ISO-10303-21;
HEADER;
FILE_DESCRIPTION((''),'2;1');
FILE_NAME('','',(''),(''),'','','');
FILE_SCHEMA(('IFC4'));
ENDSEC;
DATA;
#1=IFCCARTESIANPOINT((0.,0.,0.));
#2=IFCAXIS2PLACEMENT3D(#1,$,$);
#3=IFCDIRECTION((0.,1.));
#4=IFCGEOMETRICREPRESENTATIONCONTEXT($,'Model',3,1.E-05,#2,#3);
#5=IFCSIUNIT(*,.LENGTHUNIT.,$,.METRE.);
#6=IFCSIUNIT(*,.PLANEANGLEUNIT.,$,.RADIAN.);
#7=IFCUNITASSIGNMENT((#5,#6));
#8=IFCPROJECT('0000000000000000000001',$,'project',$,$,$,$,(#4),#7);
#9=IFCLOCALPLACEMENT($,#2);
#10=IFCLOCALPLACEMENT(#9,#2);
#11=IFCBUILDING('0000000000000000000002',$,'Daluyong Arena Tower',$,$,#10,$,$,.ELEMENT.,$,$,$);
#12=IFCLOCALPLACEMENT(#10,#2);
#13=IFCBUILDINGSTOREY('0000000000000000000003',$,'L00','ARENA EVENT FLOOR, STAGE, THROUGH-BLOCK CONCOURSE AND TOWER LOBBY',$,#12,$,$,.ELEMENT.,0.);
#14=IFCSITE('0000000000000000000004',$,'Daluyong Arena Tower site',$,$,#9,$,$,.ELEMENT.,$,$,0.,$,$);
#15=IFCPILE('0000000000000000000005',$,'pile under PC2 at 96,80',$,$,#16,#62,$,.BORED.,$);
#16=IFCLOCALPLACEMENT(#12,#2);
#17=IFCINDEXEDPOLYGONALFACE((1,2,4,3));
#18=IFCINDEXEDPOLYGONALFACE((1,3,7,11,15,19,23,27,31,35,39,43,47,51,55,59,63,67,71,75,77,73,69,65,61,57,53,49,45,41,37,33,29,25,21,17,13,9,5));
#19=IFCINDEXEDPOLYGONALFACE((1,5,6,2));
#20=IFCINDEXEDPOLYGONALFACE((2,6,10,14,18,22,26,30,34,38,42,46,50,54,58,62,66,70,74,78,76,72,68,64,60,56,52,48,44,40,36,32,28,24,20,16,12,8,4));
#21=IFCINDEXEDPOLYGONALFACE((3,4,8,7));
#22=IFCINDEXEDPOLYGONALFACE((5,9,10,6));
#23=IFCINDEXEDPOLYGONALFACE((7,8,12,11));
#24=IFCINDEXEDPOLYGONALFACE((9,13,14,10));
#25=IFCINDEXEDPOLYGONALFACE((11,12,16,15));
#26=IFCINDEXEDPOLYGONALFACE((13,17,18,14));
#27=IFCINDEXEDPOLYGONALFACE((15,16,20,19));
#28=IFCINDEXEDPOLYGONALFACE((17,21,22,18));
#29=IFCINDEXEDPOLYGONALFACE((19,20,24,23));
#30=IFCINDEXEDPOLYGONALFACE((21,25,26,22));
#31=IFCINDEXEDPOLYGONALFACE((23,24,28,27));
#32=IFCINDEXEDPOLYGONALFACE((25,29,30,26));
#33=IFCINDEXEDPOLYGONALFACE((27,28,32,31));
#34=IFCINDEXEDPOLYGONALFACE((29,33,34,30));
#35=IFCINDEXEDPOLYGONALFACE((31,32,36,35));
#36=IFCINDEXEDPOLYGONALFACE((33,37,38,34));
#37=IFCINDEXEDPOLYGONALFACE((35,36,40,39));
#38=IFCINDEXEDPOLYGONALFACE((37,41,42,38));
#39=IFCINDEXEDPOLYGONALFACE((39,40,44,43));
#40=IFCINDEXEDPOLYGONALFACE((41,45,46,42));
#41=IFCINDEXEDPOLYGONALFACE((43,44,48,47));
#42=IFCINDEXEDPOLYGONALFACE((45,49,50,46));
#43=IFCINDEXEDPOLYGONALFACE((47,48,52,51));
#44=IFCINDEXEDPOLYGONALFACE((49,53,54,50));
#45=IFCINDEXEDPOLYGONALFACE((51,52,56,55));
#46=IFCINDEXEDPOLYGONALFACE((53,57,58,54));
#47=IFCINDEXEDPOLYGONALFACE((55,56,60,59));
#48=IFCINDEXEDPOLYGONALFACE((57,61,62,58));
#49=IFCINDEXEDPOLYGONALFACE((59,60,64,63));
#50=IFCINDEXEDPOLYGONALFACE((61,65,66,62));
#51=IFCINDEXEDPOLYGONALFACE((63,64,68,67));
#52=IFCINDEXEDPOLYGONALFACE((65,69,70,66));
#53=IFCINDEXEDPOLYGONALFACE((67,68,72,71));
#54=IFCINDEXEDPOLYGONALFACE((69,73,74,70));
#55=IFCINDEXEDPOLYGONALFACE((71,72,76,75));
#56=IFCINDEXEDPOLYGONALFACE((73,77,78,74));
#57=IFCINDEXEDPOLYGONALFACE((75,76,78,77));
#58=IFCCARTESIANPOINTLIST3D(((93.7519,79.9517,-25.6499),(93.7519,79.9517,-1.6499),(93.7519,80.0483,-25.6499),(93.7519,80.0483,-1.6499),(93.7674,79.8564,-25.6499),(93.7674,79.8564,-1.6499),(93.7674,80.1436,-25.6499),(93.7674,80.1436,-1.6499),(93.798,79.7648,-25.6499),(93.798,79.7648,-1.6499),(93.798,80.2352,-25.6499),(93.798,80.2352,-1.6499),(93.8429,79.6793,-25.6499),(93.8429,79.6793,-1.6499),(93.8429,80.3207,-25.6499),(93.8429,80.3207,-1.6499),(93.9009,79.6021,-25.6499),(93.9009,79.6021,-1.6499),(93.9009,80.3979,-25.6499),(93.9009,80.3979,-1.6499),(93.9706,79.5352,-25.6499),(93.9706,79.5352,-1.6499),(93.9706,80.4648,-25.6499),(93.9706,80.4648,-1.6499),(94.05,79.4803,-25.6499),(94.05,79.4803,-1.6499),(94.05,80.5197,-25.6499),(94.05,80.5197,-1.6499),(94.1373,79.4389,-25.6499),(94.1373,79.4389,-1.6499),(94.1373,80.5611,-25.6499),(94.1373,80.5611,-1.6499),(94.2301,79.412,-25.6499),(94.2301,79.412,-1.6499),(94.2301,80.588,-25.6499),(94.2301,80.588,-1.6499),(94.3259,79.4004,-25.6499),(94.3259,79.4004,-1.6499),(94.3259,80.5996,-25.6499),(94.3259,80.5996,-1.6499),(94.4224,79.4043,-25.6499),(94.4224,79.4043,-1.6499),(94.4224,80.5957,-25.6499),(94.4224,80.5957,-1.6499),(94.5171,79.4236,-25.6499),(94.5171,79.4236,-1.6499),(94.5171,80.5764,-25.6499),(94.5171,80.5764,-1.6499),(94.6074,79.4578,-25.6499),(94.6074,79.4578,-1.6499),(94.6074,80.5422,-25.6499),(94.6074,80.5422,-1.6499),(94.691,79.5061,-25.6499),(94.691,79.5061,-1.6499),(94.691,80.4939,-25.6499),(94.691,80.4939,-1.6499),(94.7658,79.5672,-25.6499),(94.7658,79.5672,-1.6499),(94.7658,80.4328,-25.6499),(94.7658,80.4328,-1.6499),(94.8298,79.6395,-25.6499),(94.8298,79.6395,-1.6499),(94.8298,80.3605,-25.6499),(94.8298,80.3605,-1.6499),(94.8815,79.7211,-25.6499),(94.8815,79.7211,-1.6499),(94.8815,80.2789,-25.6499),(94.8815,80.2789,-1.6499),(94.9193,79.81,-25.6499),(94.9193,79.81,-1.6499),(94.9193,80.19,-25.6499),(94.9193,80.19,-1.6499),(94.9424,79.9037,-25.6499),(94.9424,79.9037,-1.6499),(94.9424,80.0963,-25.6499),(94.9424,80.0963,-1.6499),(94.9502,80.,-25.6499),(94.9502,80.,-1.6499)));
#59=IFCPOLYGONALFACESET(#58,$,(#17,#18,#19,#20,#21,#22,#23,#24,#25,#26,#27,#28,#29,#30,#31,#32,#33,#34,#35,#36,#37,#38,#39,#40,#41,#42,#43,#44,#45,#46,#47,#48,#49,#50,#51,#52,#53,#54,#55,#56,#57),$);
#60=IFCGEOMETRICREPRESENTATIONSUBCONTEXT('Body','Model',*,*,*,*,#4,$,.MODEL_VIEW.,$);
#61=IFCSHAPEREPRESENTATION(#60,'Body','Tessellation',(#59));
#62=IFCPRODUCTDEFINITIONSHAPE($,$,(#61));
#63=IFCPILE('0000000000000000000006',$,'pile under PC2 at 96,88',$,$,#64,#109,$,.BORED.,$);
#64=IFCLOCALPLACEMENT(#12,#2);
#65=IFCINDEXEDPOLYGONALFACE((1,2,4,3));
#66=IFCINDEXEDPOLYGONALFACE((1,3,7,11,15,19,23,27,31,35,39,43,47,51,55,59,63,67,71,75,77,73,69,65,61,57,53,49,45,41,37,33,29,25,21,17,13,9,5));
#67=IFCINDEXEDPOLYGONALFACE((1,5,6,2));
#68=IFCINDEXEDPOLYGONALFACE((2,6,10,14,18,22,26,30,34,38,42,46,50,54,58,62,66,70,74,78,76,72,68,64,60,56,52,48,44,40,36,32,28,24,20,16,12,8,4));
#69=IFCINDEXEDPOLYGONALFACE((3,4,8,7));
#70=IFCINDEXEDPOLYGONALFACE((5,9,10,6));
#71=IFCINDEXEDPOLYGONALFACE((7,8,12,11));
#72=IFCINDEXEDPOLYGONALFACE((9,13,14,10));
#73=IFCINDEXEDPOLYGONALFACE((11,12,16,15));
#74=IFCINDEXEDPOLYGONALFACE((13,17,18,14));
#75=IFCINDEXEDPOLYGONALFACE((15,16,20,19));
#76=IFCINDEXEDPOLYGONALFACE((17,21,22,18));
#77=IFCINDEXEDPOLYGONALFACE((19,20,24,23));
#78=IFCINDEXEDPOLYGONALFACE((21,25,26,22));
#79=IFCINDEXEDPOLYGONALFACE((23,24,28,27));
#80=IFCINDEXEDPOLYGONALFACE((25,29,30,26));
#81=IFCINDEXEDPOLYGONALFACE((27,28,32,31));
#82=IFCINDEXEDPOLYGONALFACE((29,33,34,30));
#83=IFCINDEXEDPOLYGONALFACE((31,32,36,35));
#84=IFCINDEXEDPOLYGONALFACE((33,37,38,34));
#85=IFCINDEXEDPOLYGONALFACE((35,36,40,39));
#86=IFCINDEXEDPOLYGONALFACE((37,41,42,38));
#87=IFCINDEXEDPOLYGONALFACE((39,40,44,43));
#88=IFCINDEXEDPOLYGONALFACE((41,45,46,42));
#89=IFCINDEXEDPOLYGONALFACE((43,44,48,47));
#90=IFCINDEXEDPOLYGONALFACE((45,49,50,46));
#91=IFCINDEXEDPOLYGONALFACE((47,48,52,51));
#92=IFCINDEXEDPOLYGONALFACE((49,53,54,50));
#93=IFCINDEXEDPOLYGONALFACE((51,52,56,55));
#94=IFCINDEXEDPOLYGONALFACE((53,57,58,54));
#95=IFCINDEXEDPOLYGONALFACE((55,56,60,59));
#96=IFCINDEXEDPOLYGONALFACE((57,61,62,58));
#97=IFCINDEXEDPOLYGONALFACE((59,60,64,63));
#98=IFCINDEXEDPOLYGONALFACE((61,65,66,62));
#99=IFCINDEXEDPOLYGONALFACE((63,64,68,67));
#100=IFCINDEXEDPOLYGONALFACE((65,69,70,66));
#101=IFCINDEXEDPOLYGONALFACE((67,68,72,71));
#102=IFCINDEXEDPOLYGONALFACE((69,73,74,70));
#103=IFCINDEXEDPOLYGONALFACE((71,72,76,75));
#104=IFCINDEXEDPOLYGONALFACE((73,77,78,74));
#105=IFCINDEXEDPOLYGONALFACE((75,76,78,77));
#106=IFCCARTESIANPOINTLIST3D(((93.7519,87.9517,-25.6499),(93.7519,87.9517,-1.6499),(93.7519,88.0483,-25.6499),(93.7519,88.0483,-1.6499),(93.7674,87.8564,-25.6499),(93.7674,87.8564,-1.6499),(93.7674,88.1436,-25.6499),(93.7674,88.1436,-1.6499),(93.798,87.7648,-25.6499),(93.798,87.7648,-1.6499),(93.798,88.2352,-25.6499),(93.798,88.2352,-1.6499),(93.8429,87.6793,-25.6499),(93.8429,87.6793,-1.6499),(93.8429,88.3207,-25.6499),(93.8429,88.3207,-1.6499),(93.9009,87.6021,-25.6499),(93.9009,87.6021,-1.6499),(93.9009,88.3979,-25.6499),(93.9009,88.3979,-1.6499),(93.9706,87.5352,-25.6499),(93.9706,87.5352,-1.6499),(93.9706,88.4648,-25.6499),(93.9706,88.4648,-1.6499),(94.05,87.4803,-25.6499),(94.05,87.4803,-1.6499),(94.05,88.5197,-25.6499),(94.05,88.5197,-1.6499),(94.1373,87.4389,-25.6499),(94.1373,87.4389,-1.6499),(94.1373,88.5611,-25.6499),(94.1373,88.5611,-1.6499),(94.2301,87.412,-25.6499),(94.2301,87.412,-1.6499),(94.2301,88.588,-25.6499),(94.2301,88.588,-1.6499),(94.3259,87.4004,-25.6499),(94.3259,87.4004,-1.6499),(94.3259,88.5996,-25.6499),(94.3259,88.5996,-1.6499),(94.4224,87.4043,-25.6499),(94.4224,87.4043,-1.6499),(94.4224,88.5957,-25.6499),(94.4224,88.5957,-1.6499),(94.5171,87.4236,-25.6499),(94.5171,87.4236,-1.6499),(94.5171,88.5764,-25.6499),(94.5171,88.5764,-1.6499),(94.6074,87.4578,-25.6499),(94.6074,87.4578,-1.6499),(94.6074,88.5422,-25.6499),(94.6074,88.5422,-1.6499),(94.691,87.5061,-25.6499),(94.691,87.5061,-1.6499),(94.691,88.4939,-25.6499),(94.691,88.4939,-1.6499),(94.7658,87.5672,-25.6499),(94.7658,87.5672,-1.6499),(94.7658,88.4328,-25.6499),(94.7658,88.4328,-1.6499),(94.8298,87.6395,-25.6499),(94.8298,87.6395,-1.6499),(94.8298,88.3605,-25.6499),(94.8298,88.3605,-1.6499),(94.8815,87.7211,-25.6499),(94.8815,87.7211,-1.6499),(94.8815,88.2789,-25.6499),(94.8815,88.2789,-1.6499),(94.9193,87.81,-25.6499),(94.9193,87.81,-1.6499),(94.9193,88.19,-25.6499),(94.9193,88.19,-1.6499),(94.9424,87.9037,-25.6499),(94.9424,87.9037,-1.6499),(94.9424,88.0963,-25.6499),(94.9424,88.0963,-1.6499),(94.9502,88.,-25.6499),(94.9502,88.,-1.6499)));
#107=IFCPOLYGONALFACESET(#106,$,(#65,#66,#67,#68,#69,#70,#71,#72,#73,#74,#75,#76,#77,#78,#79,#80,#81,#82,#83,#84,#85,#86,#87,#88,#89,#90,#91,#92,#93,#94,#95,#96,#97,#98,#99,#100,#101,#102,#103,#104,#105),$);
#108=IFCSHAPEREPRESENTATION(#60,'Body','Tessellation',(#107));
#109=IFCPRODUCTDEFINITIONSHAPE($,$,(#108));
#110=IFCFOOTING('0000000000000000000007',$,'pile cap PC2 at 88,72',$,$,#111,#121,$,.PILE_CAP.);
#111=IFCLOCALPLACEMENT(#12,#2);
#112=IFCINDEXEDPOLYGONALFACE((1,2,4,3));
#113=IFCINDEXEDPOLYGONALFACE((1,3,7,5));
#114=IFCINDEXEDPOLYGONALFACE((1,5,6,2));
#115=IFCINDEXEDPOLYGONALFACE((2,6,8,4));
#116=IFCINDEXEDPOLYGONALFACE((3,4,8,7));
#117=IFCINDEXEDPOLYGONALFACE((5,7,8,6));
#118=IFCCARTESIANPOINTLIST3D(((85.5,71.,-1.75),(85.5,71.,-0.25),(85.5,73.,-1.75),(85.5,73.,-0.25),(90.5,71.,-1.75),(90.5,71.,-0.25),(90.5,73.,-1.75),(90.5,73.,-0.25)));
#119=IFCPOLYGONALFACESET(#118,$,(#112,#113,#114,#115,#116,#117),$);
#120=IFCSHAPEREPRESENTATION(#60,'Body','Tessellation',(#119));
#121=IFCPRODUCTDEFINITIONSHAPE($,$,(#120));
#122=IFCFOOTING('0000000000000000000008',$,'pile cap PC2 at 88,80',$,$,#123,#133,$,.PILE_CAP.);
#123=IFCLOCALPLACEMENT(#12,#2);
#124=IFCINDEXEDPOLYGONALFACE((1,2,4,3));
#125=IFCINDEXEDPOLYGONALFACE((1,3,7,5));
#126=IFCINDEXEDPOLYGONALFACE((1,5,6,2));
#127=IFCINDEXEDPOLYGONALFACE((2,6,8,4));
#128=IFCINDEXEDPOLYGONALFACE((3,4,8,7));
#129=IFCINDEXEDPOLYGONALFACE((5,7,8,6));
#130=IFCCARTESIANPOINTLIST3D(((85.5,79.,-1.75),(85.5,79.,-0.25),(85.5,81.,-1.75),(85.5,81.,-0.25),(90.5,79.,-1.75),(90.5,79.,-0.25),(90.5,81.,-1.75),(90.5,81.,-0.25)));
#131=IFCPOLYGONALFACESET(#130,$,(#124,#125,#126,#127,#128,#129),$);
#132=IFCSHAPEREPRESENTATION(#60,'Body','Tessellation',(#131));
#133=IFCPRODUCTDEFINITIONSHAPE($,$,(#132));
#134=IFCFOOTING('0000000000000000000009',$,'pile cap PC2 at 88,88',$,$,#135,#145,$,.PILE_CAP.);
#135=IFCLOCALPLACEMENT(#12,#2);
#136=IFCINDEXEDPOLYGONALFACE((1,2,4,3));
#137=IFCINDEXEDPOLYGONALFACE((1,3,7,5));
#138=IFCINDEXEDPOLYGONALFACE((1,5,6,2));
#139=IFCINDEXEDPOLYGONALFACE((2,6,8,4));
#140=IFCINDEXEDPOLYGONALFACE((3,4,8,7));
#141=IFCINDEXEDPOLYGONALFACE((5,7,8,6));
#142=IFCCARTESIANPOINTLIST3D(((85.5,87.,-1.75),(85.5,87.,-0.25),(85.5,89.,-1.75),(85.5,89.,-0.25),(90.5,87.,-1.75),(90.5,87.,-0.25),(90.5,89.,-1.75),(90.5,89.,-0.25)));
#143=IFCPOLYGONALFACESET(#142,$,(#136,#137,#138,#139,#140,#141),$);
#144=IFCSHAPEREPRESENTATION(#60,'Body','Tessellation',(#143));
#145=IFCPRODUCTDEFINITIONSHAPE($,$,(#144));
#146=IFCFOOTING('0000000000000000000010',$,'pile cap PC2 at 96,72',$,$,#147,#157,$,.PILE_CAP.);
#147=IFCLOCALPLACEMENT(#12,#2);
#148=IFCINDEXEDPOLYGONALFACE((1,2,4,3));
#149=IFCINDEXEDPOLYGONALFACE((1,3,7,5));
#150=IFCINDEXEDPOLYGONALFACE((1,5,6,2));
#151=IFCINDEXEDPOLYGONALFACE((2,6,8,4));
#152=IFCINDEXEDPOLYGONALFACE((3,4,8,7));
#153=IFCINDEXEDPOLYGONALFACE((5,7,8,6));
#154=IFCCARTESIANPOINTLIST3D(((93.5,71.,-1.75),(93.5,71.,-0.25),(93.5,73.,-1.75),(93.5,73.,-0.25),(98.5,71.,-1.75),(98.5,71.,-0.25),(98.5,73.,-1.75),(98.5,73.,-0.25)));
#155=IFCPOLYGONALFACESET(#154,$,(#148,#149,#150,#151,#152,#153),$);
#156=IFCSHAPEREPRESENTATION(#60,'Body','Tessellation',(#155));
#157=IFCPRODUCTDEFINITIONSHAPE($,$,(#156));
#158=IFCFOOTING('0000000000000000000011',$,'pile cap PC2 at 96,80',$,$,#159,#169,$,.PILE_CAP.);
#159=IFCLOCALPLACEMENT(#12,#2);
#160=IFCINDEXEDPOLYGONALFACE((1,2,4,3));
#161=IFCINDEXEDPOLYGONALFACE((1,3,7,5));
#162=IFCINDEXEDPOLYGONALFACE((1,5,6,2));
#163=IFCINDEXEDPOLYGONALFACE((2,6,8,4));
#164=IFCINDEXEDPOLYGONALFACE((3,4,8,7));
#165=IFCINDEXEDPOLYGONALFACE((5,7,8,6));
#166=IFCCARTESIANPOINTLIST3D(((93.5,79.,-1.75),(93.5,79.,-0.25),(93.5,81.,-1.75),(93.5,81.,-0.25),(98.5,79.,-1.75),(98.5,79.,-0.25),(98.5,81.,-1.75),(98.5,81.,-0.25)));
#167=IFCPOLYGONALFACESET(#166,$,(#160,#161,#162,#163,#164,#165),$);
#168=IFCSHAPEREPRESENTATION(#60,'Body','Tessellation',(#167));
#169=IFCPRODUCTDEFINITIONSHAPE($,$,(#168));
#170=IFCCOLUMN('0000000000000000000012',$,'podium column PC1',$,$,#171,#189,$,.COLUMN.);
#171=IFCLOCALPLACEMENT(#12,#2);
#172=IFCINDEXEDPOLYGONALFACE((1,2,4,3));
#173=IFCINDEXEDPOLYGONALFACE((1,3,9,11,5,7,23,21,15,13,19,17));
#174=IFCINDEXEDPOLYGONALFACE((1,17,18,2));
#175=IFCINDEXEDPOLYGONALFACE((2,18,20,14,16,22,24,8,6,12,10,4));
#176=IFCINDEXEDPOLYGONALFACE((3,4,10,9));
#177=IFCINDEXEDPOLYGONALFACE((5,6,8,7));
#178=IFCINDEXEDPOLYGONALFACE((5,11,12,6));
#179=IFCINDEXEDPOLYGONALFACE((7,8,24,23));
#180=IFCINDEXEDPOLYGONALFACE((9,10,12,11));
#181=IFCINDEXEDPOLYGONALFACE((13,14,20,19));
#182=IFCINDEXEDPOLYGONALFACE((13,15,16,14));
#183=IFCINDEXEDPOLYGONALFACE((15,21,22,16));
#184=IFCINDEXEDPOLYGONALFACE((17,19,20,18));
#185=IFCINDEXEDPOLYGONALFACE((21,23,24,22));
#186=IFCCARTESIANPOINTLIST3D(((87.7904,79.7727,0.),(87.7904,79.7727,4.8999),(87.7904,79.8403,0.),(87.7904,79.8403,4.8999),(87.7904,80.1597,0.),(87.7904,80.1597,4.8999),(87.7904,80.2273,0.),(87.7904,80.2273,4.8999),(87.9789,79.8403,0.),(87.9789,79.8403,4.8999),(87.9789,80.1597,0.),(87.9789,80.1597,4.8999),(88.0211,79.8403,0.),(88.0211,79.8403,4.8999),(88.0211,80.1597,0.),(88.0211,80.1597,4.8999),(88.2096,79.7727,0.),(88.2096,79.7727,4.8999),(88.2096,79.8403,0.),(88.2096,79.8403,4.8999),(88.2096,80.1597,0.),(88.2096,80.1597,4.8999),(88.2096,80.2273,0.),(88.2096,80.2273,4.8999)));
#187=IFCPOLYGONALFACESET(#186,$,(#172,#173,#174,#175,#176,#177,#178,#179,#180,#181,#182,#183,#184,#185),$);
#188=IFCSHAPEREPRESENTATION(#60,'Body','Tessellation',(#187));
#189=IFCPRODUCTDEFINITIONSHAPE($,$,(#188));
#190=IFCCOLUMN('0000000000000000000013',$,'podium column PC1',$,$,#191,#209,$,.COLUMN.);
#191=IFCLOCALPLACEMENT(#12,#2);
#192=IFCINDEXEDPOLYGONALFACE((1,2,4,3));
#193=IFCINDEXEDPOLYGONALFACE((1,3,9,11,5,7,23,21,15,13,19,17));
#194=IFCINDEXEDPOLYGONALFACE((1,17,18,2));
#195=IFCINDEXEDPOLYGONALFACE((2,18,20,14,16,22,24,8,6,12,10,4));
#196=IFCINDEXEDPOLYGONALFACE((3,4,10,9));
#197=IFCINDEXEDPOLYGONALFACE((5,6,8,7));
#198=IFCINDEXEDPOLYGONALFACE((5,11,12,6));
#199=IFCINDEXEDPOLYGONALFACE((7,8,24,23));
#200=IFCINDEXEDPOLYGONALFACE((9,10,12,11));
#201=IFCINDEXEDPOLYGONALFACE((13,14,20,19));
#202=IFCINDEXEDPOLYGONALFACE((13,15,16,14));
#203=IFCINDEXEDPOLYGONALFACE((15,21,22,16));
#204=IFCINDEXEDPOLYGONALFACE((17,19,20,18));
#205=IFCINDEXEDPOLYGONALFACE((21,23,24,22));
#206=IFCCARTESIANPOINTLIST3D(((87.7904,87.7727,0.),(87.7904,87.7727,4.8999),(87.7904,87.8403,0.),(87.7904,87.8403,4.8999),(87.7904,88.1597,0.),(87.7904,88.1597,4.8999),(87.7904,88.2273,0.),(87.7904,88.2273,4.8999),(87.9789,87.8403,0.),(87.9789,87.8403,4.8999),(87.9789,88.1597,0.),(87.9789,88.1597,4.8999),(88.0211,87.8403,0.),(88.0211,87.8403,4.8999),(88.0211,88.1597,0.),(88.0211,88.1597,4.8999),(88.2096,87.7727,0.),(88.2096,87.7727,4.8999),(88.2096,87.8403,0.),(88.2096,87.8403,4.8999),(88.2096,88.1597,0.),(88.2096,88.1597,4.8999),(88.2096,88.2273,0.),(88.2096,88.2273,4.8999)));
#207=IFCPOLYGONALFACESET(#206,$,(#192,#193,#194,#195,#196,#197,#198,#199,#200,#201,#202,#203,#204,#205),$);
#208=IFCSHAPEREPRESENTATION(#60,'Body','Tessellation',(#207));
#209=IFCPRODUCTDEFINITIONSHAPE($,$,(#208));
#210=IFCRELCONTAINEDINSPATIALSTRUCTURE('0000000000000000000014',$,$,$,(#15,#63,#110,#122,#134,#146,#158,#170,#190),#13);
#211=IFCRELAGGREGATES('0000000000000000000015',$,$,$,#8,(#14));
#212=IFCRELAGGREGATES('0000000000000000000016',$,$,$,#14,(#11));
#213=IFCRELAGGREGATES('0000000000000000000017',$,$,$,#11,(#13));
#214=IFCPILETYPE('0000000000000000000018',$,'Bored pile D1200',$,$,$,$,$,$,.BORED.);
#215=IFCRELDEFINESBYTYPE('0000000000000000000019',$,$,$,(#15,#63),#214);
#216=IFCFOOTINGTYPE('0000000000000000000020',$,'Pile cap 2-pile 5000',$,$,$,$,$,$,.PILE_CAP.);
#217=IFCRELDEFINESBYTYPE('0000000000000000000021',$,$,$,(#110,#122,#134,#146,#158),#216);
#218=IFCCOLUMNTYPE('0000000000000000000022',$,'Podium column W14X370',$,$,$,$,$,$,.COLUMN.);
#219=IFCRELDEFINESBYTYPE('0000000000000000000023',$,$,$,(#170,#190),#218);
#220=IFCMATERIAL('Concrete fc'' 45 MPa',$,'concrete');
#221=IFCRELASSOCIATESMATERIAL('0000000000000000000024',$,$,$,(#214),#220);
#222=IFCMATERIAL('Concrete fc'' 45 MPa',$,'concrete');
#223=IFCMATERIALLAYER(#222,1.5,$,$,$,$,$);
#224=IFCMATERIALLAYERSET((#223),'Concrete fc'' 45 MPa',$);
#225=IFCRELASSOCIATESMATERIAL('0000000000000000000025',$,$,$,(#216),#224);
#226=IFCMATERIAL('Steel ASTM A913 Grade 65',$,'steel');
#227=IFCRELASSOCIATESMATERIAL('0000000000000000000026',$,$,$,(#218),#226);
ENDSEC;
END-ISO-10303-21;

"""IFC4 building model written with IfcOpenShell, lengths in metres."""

from ifc_helpers import new_model, si_unit, direction, frame, origin, origin_2d, place, context, subcontext, project, spatial, rectangle, circle, i_section, extrude, material, layer, layer_set, material_profile, profile_set, type_object, element, save


model = new_model("IFC4")

# Units and contexts
model_context = context("Model", 3, precision=1e-05, world=origin(), true_north=direction((0.0, 1.0)))
body_context = subcontext(model_context, "Body", "Model", "MODEL_VIEW")
ifc_project = project(units=[si_unit("LENGTHUNIT", "METRE"), si_unit("PLANEANGLEUNIT", "RADIAN")], contexts=[model_context])

# Site, building, storey
site_placement = place(None, origin())
site = spatial("IfcSite", under=ifc_project, at=site_placement, Name="Daluyong Arena Tower site", CompositionType="ELEMENT", RefElevation=0.0)
building_placement = place(site_placement, origin())
building = spatial("IfcBuilding", under=site, at=building_placement, Name="Daluyong Arena Tower", CompositionType="ELEMENT")
storey_placement = place(building_placement, origin())
storey = spatial("IfcBuildingStorey", under=building, at=storey_placement, Name="L00", Description="ARENA EVENT FLOOR, STAGE, THROUGH-BLOCK CONCOURSE AND TOWER LOBBY", CompositionType="ELEMENT", Elevation=0.0)

# Piles
ifc_material_1 = material(Name="Concrete fc' 45 MPa", Category="concrete")
pile_type = type_object("IfcPileType", Name="Bored pile D1200", PredefinedType="BORED", material=ifc_material_1)
for number, where, z_axis, x_axis, name in (
    (1, (94.3501, 80.0, -1.6499), (0.0, 0.0, -1.0), (1.0, 0.0, 0.0), "pile under PC2 at 96,80"),
    (2, (94.3501, 88.0, -1.6499), (0.0, 0.0, -1.0), (1.0, 0.0, 0.0), "pile under PC2 at 96,88"),
):
    element("IfcPile", number, at=place(storey_placement, frame(where, z_axis=z_axis, x_axis=x_axis)), inside=storey, type_object=pile_type, Name=name, PredefinedType="BORED", context=body_context, shape_type="SweptSolid", body=[
        extrude(circle(Radius=0.6001, at=origin_2d()), origin(), (0.0, 0.0, 1.0), 24.0),
    ])

# Footings
ifc_material_2 = material(Name="Concrete fc' 45 MPa", Category="concrete")
ifc_layer_1 = layer(ifc_material_2, 1.5)
ifc_layer_set_1 = layer_set([ifc_layer_1], Name="Concrete fc' 45 MPa")
footing_type = type_object("IfcFootingType", Name="Pile cap 2-pile 5000", PredefinedType="PILE_CAP", material=ifc_layer_set_1)
for number, where, z_axis, x_axis, name in (
    (3, (88.0, 72.0, -1.75), (0.0, 0.0, 1.0), (1.0, 0.0, 0.0), "pile cap PC2 at 88,72"),
    (4, (88.0, 80.0, -1.75), (0.0, 0.0, 1.0), (1.0, 0.0, 0.0), "pile cap PC2 at 88,80"),
    (5, (88.0, 88.0, -1.75), (0.0, 0.0, 1.0), (1.0, 0.0, 0.0), "pile cap PC2 at 88,88"),
    (6, (96.0, 72.0, -1.75), (0.0, 0.0, 1.0), (1.0, 0.0, 0.0), "pile cap PC2 at 96,72"),
    (7, (96.0, 80.0, -1.75), (0.0, 0.0, 1.0), (1.0, 0.0, 0.0), "pile cap PC2 at 96,80"),
):
    element("IfcFooting", number, at=place(storey_placement, frame(where, z_axis=z_axis, x_axis=x_axis)), inside=storey, type_object=footing_type, Name=name, PredefinedType="PILE_CAP", context=body_context, shape_type="SweptSolid", body=[
        extrude(rectangle(XDim=5.0, YDim=2.0, at=origin_2d()), origin(), (0.0, 0.0, 1.0), 1.5),
    ])

# Columns
ifc_material_3 = material(Name="Steel ASTM A913 Grade 65", Category="steel")
ifc_material_profile = material_profile(ifc_material_3, i_section(OverallWidth=0.4192, OverallDepth=0.4546, WebThickness=0.0422, FlangeThickness=0.0676, at=origin_2d()))
ifc_profile_set = profile_set([ifc_material_profile], Name="Steel ASTM A913 Grade 65")
column_type = type_object("IfcColumnType", Name="Podium column W14X370", PredefinedType="COLUMN", material=ifc_profile_set)
for number, where, z_axis, x_axis, name in (
    (8, (88.0, 80.0, 0.0), (0.0, 0.0, 1.0), (1.0, 0.0, 0.0), "podium column PC1"),
    (9, (88.0, 88.0, 0.0), (0.0, 0.0, 1.0), (1.0, 0.0, 0.0), "podium column PC1"),
):
    element("IfcColumn", number, at=place(storey_placement, frame(where, z_axis=z_axis, x_axis=x_axis)), inside=storey, type_object=column_type, Name=name, PredefinedType="COLUMN", context=body_context, shape_type="SweptSolid", body=[
        extrude(i_section(OverallWidth=0.4192, OverallDepth=0.4546, WebThickness=0.0422, FlangeThickness=0.0676, at=origin_2d()), origin(), (0.0, 0.0, 1.0), 4.8999),
    ])

save(model, "model.ifc")
